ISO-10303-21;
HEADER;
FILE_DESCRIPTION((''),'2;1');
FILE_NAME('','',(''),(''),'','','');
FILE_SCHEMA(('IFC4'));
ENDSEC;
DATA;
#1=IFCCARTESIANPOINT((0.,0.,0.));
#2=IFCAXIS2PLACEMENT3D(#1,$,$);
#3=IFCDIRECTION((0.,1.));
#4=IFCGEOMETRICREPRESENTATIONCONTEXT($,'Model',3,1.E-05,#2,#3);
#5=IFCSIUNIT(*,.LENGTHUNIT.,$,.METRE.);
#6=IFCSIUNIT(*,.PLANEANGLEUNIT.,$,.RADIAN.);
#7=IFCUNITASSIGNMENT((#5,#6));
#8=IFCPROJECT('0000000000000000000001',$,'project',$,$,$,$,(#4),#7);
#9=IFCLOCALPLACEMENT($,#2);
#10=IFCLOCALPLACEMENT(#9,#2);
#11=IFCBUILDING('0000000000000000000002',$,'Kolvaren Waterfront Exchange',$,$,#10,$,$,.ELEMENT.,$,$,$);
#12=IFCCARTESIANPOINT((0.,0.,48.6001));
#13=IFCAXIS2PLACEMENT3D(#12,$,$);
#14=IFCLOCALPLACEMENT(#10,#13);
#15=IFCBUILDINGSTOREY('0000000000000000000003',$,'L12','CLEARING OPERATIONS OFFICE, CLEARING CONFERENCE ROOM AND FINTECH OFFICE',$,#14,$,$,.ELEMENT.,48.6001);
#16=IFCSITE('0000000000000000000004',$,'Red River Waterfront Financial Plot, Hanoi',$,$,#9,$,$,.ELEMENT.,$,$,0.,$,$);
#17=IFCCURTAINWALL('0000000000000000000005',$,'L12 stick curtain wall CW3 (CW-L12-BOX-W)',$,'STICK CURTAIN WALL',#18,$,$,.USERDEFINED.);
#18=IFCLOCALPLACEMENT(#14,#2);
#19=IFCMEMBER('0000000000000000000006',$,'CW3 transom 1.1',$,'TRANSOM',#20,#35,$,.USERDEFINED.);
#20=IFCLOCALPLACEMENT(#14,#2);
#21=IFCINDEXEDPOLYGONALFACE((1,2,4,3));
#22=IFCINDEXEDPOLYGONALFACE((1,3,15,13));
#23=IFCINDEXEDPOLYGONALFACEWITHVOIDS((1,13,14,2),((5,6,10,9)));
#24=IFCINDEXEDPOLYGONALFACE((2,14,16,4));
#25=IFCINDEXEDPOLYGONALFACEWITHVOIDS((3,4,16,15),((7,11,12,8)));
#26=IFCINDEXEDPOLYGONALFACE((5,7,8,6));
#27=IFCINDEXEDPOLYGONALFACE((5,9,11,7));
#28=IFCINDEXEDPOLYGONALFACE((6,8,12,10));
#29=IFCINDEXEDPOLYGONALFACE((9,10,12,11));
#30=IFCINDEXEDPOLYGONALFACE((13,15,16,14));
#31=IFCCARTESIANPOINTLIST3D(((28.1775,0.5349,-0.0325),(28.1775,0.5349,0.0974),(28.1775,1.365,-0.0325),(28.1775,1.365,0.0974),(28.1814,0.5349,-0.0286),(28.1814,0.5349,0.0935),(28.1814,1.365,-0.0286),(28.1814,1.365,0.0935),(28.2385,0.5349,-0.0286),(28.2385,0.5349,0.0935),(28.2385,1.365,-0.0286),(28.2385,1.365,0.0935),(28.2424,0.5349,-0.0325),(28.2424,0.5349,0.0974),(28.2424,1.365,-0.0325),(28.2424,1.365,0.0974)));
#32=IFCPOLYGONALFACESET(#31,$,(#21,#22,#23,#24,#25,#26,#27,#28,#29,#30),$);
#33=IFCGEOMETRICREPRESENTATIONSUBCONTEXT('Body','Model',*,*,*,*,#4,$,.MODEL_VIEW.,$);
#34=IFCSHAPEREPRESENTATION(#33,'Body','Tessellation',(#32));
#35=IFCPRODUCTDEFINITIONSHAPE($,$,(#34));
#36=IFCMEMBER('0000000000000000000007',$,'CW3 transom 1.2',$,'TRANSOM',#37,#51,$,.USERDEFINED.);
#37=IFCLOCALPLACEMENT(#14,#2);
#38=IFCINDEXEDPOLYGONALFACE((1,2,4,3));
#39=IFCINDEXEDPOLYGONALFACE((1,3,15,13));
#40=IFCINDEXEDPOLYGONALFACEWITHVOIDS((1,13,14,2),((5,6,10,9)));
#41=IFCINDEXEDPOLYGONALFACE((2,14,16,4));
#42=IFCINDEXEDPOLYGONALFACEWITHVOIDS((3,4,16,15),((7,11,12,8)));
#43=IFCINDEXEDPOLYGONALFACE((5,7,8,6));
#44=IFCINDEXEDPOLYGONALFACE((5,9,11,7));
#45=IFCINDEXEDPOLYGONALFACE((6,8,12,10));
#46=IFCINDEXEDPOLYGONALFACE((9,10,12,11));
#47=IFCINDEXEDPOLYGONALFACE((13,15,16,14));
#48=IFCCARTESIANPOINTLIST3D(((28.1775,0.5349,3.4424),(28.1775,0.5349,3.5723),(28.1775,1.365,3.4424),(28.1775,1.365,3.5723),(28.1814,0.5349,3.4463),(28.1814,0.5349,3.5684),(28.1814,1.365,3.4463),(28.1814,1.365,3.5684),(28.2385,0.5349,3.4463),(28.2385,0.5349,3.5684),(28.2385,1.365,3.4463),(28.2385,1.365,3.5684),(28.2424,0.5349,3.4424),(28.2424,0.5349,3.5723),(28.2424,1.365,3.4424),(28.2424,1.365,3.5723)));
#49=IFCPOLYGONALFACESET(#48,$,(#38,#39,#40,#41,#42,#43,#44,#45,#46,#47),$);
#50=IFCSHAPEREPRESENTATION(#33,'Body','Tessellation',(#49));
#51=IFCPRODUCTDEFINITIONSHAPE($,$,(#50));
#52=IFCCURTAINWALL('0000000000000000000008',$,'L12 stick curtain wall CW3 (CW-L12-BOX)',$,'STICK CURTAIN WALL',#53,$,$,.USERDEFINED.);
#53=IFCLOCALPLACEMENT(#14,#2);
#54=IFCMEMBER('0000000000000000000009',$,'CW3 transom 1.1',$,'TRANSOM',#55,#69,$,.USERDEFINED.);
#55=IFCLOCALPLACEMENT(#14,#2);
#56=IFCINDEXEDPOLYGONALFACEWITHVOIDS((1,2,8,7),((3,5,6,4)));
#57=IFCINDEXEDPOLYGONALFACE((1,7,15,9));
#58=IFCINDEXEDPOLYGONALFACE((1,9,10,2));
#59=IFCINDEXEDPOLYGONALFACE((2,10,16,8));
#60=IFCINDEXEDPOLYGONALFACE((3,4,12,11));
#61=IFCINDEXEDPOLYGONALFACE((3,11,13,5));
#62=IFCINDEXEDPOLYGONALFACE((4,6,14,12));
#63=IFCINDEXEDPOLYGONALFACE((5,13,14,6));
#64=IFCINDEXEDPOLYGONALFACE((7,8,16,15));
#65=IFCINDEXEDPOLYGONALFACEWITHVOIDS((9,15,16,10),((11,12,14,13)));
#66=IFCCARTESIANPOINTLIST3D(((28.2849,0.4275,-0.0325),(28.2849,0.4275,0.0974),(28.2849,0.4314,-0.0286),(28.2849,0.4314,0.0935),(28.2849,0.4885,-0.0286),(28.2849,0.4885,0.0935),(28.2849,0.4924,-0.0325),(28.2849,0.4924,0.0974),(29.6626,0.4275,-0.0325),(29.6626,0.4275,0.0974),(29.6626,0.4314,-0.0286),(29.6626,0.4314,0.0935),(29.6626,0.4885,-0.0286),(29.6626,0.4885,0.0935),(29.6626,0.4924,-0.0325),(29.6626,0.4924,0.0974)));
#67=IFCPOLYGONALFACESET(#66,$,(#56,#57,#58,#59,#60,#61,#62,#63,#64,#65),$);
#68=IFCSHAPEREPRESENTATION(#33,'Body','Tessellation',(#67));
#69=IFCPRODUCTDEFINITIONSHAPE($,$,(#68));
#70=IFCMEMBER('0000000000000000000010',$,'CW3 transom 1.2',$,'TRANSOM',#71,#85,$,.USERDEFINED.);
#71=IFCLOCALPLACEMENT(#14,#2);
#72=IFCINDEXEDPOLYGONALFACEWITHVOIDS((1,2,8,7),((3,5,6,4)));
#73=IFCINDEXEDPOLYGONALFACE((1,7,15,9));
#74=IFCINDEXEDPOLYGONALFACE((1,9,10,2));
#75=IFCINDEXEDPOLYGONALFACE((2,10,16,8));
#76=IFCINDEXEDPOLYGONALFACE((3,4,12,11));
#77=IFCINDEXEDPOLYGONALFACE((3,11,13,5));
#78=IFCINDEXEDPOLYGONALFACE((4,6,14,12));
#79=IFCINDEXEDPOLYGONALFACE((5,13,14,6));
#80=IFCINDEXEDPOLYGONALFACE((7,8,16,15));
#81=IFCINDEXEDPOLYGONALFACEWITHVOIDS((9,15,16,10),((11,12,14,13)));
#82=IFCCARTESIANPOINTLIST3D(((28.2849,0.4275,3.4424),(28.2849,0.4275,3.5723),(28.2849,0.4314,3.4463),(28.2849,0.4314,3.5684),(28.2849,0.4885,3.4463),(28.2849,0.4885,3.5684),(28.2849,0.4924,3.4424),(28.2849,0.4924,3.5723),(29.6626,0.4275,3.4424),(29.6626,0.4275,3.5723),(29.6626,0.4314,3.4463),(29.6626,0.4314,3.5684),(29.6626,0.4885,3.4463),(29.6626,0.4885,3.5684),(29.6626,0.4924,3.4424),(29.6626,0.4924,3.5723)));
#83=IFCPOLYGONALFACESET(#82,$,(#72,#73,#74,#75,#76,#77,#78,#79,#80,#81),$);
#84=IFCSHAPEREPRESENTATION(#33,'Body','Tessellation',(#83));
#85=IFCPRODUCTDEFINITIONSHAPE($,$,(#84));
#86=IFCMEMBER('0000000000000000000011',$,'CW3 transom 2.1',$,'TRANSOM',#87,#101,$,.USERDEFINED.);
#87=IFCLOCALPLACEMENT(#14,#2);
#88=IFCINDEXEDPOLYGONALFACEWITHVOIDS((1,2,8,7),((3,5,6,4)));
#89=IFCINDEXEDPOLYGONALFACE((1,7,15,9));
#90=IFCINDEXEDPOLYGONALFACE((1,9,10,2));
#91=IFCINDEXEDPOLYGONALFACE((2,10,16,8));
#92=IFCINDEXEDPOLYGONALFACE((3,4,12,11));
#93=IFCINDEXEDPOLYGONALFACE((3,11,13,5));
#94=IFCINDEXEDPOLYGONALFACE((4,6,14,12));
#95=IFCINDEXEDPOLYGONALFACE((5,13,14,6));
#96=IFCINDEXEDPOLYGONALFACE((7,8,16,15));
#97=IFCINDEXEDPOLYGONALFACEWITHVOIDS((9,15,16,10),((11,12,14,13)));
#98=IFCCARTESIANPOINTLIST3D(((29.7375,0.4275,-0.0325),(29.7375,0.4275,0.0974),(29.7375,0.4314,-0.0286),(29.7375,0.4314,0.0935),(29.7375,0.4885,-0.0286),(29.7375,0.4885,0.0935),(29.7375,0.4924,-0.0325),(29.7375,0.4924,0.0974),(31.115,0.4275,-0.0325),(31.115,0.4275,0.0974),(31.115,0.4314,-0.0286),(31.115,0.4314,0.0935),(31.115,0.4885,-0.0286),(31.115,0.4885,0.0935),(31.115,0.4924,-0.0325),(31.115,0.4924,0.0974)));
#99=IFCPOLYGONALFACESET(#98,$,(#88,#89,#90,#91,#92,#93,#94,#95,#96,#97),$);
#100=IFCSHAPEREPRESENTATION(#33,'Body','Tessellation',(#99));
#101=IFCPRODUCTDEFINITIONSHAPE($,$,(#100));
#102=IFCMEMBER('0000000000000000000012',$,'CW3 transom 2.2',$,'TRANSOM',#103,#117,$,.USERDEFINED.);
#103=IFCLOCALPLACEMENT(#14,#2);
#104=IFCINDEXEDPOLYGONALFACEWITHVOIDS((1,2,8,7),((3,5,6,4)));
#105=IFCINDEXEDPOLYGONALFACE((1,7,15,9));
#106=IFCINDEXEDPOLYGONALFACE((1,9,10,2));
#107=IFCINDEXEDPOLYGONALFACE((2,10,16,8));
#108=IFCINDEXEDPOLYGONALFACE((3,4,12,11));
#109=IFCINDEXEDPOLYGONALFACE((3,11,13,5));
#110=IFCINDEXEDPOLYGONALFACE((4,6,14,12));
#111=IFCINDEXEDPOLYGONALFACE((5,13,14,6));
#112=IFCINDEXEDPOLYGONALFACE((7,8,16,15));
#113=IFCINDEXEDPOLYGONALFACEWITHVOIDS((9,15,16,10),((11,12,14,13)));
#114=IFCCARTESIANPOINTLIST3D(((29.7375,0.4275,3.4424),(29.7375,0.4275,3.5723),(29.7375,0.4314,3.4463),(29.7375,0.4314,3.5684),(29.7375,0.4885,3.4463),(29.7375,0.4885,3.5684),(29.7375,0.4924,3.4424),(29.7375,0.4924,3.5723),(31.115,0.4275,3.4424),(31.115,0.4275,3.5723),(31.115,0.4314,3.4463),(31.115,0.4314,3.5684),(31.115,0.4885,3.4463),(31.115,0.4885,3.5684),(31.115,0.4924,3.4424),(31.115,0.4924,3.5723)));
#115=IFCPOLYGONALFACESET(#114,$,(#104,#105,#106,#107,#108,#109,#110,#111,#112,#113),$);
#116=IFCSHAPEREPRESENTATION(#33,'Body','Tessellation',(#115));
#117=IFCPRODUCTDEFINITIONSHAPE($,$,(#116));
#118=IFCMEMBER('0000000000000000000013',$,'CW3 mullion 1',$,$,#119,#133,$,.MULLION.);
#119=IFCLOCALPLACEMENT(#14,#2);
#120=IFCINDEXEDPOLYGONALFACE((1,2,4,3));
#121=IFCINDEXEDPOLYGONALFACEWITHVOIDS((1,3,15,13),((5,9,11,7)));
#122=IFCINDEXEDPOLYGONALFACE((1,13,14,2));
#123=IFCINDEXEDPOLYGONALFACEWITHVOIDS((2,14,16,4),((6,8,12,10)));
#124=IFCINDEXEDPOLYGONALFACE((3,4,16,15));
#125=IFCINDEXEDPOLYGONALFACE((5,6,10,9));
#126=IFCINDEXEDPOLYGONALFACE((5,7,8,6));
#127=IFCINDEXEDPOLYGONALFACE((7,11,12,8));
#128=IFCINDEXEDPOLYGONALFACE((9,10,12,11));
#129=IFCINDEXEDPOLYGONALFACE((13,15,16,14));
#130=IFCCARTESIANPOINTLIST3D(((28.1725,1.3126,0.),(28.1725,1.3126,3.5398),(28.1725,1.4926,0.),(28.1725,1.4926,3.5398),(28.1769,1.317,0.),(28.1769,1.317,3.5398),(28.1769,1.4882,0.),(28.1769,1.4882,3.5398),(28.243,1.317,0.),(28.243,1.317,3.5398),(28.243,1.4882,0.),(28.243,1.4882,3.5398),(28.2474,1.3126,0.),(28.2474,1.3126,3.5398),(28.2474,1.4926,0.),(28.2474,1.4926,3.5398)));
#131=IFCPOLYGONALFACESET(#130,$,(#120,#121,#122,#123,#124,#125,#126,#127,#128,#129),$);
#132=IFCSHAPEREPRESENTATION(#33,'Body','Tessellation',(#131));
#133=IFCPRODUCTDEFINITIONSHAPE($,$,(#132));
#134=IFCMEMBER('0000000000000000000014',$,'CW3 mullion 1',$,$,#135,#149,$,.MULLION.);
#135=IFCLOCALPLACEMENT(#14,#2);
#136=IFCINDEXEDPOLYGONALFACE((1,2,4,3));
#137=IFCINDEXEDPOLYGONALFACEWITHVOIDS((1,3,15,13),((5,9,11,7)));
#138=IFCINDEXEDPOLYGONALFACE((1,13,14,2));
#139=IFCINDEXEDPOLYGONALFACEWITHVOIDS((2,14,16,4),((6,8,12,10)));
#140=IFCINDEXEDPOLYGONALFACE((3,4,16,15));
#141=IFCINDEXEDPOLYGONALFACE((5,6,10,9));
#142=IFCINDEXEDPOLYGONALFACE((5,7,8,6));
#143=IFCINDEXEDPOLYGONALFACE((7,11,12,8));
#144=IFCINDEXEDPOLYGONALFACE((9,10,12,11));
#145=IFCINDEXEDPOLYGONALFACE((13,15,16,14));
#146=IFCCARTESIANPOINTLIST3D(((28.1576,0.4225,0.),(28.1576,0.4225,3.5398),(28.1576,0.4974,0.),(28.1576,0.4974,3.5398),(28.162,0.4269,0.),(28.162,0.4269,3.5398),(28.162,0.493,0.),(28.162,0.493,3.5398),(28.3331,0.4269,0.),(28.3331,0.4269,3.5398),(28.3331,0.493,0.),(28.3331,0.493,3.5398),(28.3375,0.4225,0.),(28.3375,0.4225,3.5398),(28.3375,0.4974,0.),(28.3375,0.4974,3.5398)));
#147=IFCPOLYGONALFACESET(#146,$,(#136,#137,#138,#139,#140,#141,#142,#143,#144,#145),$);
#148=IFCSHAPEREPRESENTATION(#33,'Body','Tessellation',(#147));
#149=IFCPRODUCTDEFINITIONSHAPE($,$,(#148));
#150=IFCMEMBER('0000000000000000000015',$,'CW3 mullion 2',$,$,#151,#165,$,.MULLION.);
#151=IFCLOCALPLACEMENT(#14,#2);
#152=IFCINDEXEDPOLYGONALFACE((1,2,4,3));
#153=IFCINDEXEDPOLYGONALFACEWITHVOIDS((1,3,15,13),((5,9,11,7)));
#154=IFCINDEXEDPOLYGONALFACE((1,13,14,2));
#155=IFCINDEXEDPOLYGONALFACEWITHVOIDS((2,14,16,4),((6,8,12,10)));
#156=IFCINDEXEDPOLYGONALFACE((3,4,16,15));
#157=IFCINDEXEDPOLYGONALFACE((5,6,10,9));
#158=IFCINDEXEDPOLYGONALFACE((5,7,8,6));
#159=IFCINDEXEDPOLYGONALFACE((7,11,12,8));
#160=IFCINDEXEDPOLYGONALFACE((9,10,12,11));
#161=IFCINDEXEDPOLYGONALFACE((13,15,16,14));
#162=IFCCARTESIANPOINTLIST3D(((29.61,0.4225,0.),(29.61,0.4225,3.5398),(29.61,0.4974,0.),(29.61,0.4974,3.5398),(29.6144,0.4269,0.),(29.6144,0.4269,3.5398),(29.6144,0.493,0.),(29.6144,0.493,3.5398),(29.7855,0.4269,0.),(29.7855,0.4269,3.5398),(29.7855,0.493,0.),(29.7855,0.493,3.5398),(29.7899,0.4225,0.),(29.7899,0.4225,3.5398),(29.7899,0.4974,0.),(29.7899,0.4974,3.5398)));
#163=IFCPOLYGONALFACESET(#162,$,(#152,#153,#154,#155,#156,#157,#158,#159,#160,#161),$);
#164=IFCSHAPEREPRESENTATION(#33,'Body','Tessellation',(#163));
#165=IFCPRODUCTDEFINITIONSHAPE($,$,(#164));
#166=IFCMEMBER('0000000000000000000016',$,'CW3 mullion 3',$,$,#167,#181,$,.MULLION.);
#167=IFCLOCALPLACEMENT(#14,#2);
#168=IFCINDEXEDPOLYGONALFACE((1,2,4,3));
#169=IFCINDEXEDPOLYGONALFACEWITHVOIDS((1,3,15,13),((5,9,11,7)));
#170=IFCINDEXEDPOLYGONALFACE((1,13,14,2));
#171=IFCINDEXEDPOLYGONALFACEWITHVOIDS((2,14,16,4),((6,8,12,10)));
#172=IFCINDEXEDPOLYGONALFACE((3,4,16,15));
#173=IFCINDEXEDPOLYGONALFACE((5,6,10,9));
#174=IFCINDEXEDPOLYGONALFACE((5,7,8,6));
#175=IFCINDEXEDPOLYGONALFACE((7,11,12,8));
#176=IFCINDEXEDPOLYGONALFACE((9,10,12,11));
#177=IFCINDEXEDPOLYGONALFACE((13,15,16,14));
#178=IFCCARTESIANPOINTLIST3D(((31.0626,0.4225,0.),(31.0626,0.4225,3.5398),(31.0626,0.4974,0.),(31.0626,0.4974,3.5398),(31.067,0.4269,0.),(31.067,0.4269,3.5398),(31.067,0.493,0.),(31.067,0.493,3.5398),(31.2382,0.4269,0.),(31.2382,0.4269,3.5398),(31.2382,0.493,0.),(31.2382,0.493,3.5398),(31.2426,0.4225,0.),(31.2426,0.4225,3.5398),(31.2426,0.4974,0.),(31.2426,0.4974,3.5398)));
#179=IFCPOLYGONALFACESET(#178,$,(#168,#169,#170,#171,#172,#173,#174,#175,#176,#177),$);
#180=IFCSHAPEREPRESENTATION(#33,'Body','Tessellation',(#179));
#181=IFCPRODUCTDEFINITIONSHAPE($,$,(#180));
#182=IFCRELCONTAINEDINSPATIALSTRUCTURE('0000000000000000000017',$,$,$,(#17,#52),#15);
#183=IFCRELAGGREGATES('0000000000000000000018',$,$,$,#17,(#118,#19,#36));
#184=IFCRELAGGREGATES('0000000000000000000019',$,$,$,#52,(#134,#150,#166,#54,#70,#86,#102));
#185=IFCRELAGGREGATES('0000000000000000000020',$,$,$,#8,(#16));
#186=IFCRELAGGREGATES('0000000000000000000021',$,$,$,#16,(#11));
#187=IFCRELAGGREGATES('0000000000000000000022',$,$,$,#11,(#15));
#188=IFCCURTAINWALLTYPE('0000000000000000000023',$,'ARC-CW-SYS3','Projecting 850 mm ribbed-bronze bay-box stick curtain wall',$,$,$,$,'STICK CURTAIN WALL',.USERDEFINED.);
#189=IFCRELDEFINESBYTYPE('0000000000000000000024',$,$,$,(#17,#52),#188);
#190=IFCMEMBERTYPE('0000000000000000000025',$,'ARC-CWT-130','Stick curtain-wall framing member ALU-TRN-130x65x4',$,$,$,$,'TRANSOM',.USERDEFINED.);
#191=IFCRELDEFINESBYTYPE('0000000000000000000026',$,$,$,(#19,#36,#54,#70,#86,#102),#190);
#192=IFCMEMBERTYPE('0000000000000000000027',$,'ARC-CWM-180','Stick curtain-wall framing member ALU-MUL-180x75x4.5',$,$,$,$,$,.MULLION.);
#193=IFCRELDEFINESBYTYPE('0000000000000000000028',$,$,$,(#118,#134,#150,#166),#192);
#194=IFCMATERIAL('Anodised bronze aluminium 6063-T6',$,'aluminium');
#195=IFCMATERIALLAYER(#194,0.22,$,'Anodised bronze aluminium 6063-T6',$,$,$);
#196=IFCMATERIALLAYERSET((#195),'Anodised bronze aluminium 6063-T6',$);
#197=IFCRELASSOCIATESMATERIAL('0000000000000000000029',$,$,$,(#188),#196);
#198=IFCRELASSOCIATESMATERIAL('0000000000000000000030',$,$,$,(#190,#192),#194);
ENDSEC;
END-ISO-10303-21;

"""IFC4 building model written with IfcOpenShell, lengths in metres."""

from ifc_helpers import new_model, si_unit, direction, frame, origin, origin_with_axes, origin_2d, place, context, subcontext, project, spatial, hollow_rectangle, extrude, source, transform, mapped, material, layer, layer_set, material_profile, profile_set, type_object, element, aggregate, save


model = new_model("IFC4")

# Units and contexts
model_context = context("Model", 3, precision=1e-05, world=origin(), true_north=direction((0.0, 1.0)))
body_context = subcontext(model_context, "Body", "Model", "MODEL_VIEW")
ifc_project = project(units=[si_unit("LENGTHUNIT", "METRE"), si_unit("PLANEANGLEUNIT", "RADIAN")], contexts=[model_context])

# Site, building, storey
site_placement = place(None, origin())
site = spatial("IfcSite", under=ifc_project, at=site_placement, Name="Red River Waterfront Financial Plot, Hanoi", CompositionType="ELEMENT", RefElevation=0.0)
building_placement = place(site_placement, origin())
building = spatial("IfcBuilding", under=site, at=building_placement, Name="Kolvaren Waterfront Exchange", CompositionType="ELEMENT")
storey_placement = place(building_placement, frame((0.0, 0.0, 48.6001)))
storey = spatial("IfcBuildingStorey", under=building, at=storey_placement, Name="L12", Description="CLEARING OPERATIONS OFFICE, CLEARING CONFERENCE ROOM AND FINTECH OFFICE", CompositionType="ELEMENT", Elevation=48.6001)

# Curtain walls, members
ifc_material_1 = material(Name="Anodised bronze aluminium 6063-T6", Category="aluminium")
ifc_layer_1 = layer(ifc_material_1, 0.22, Name="Anodised bronze aluminium 6063-T6")
ifc_layer_set_1 = layer_set([ifc_layer_1], Name="Anodised bronze aluminium 6063-T6")
curtain_wall_type_1 = type_object("IfcCurtainWallType", Name="ARC-CW-SYS3", Description="Projecting 850 mm ribbed-bronze bay-box stick curtain wall", ElementType="STICK CURTAIN WALL", PredefinedType="USERDEFINED", material=ifc_layer_set_1)
curtain_wall_1_placement = place(storey_placement, origin())
curtain_wall_1 = element("IfcCurtainWall", 1, at=curtain_wall_1_placement, inside=storey, type_object=curtain_wall_type_1, Name="L12 stick curtain wall CW3 (CW-L12-BOX-W)", ObjectType="STICK CURTAIN WALL", PredefinedType="USERDEFINED")
ifc_material_profile_1 = material_profile(ifc_material_1, hollow_rectangle(XDim=0.0649, YDim=0.1299, WallThickness=0.0039, at=origin_2d()), Name="ALU-TRN-130x65x4")
ifc_profile_set_1 = profile_set([ifc_material_profile_1], Name="Anodised bronze aluminium 6063-T6")
member_type_1 = type_object("IfcMemberType", Name="ARC-CWT-130", Description="Stick curtain-wall framing member ALU-TRN-130x65x4", ElementType="TRANSOM", PredefinedType="USERDEFINED", material=ifc_profile_set_1)
shared_shape_1 = source(origin_with_axes(), body_context, "Body", "SweptSolid", [
    extrude(hollow_rectangle(XDim=0.0649, YDim=0.1299, WallThickness=0.0039, at=origin_2d()), origin(), (0.0, 0.0, 1.0), 0.8301),
])
member_1_placement = place(storey_placement, frame((28.21, 1.365, 0.0325), z_axis=(0.0, -1.0, 0.0), x_axis=(1.0, 0.0, 0.0)))
member_1 = element("IfcMember", 2, at=member_1_placement, type_object=member_type_1, Name="CW3 transom 1.1", ObjectType="TRANSOM", PredefinedType="USERDEFINED", context=body_context, shape_type="MappedRepresentation", body=[
    mapped(shared_shape_1, transform((0.0, 0.0, 0.0), x_axis=(1.0, 0.0, 0.0), y_axis=(0.0, 1.0, 0.0), z_axis=(0.0, 0.0, 1.0), scale=1.0)),
])
member_2_placement = place(storey_placement, frame((28.21, 1.365, 3.5073), z_axis=(0.0, -1.0, 0.0), x_axis=(1.0, 0.0, 0.0)))
member_2 = element("IfcMember", 3, at=member_2_placement, type_object=member_type_1, Name="CW3 transom 1.2", ObjectType="TRANSOM", PredefinedType="USERDEFINED", context=body_context, shape_type="MappedRepresentation", body=[
    mapped(shared_shape_1, transform((0.0, 0.0, 0.0), x_axis=(1.0, 0.0, 0.0), y_axis=(0.0, 1.0, 0.0), z_axis=(0.0, 0.0, 1.0), scale=1.0)),
])
curtain_wall_2_placement = place(storey_placement, origin())
curtain_wall_2 = element("IfcCurtainWall", 4, at=curtain_wall_2_placement, inside=storey, type_object=curtain_wall_type_1, Name="L12 stick curtain wall CW3 (CW-L12-BOX)", ObjectType="STICK CURTAIN WALL", PredefinedType="USERDEFINED")
shared_shape_2 = source(origin_with_axes(), body_context, "Body", "SweptSolid", [
    extrude(hollow_rectangle(XDim=0.0649, YDim=0.1299, WallThickness=0.0039, at=origin_2d()), origin(), (0.0, 0.0, 1.0), 1.3777),
])
member_3_placement = place(storey_placement, frame((28.2849, 0.46, 0.0325), z_axis=(1.0, 0.0, 0.0), x_axis=(0.0, 1.0, 0.0)))
member_3 = element("IfcMember", 5, at=member_3_placement, type_object=member_type_1, Name="CW3 transom 1.1", ObjectType="TRANSOM", PredefinedType="USERDEFINED", context=body_context, shape_type="MappedRepresentation", body=[
    mapped(shared_shape_2, transform((0.0, 0.0, 0.0), x_axis=(1.0, 0.0, 0.0), y_axis=(0.0, 1.0, 0.0), z_axis=(0.0, 0.0, 1.0), scale=1.0)),
])
member_4_placement = place(storey_placement, frame((28.2849, 0.46, 3.5073), z_axis=(1.0, 0.0, 0.0), x_axis=(0.0, 1.0, 0.0)))
member_4 = element("IfcMember", 6, at=member_4_placement, type_object=member_type_1, Name="CW3 transom 1.2", ObjectType="TRANSOM", PredefinedType="USERDEFINED", context=body_context, shape_type="MappedRepresentation", body=[
    mapped(shared_shape_2, transform((0.0, 0.0, 0.0), x_axis=(1.0, 0.0, 0.0), y_axis=(0.0, 1.0, 0.0), z_axis=(0.0, 0.0, 1.0), scale=1.0)),
])
shared_shape_3 = source(origin_with_axes(), body_context, "Body", "SweptSolid", [
    extrude(hollow_rectangle(XDim=0.0649, YDim=0.1299, WallThickness=0.0039, at=origin_2d()), origin(), (0.0, 0.0, 1.0), 1.3774),
])
member_5_placement = place(storey_placement, frame((29.7375, 0.46, 0.0325), z_axis=(1.0, 0.0, 0.0), x_axis=(0.0, 1.0, 0.0)))
member_5 = element("IfcMember", 7, at=member_5_placement, type_object=member_type_1, Name="CW3 transom 2.1", ObjectType="TRANSOM", PredefinedType="USERDEFINED", context=body_context, shape_type="MappedRepresentation", body=[
    mapped(shared_shape_3, transform((0.0, 0.0, 0.0), x_axis=(1.0, 0.0, 0.0), y_axis=(0.0, 1.0, 0.0), z_axis=(0.0, 0.0, 1.0), scale=1.0)),
])
member_6_placement = place(storey_placement, frame((29.7375, 0.46, 3.5073), z_axis=(1.0, 0.0, 0.0), x_axis=(0.0, 1.0, 0.0)))
member_6 = element("IfcMember", 8, at=member_6_placement, type_object=member_type_1, Name="CW3 transom 2.2", ObjectType="TRANSOM", PredefinedType="USERDEFINED", context=body_context, shape_type="MappedRepresentation", body=[
    mapped(shared_shape_3, transform((0.0, 0.0, 0.0), x_axis=(1.0, 0.0, 0.0), y_axis=(0.0, 1.0, 0.0), z_axis=(0.0, 0.0, 1.0), scale=1.0)),
])

# Members
ifc_material_profile_2 = material_profile(ifc_material_1, hollow_rectangle(XDim=0.075, YDim=0.1799, WallThickness=0.0044, at=origin_2d()), Name="ALU-MUL-180x75x4.5")
ifc_profile_set_2 = profile_set([ifc_material_profile_2], Name="Anodised bronze aluminium 6063-T6")
member_type_2 = type_object("IfcMemberType", Name="ARC-CWM-180", Description="Stick curtain-wall framing member ALU-MUL-180x75x4.5", PredefinedType="MULLION", material=ifc_profile_set_2)
shared_shape_4 = source(origin_with_axes(), body_context, "Body", "SweptSolid", [
    extrude(hollow_rectangle(XDim=0.075, YDim=0.1799, WallThickness=0.0044, at=origin_2d()), origin(), (0.0, 0.0, 1.0), 3.5398),
])
member_7_placement = place(storey_placement, frame((28.21, 1.4026, 0.0), z_axis=(0.0, 0.0, 1.0), x_axis=(1.0, 0.0, 0.0)))
member_7 = element("IfcMember", 9, at=member_7_placement, type_object=member_type_2, Name="CW3 mullion 1", PredefinedType="MULLION", context=body_context, shape_type="MappedRepresentation", body=[
    mapped(shared_shape_4, transform((0.0, 0.0, 0.0), x_axis=(1.0, 0.0, 0.0), y_axis=(0.0, 1.0, 0.0), z_axis=(0.0, 0.0, 1.0), scale=1.0)),
])
aggregate(curtain_wall_1, [member_7, member_1, member_2])
member_8_placement = place(storey_placement, frame((28.2476, 0.46, 0.0), z_axis=(0.0, 0.0, 1.0), x_axis=(0.0, 1.0, 0.0)))
member_8 = element("IfcMember", 10, at=member_8_placement, type_object=member_type_2, Name="CW3 mullion 1", PredefinedType="MULLION", context=body_context, shape_type="MappedRepresentation", body=[
    mapped(shared_shape_4, transform((0.0, 0.0, 0.0), x_axis=(1.0, 0.0, 0.0), y_axis=(0.0, 1.0, 0.0), z_axis=(0.0, 0.0, 1.0), scale=1.0)),
])
member_9_placement = place(storey_placement, frame((29.7, 0.46, 0.0), z_axis=(0.0, 0.0, 1.0), x_axis=(0.0, 1.0, 0.0)))
member_9 = element("IfcMember", 11, at=member_9_placement, type_object=member_type_2, Name="CW3 mullion 2", PredefinedType="MULLION", context=body_context, shape_type="MappedRepresentation", body=[
    mapped(shared_shape_4, transform((0.0, 0.0, 0.0), x_axis=(1.0, 0.0, 0.0), y_axis=(0.0, 1.0, 0.0), z_axis=(0.0, 0.0, 1.0), scale=1.0)),
])
member_10_placement = place(storey_placement, frame((31.1526, 0.46, 0.0), z_axis=(0.0, 0.0, 1.0), x_axis=(0.0, 1.0, 0.0)))
member_10 = element("IfcMember", 12, at=member_10_placement, type_object=member_type_2, Name="CW3 mullion 3", PredefinedType="MULLION", context=body_context, shape_type="MappedRepresentation", body=[
    mapped(shared_shape_4, transform((0.0, 0.0, 0.0), x_axis=(1.0, 0.0, 0.0), y_axis=(0.0, 1.0, 0.0), z_axis=(0.0, 0.0, 1.0), scale=1.0)),
])

aggregate(curtain_wall_2, [member_8, member_9, member_10, member_3, member_4, member_5, member_6])

save(model, "model.ifc")
